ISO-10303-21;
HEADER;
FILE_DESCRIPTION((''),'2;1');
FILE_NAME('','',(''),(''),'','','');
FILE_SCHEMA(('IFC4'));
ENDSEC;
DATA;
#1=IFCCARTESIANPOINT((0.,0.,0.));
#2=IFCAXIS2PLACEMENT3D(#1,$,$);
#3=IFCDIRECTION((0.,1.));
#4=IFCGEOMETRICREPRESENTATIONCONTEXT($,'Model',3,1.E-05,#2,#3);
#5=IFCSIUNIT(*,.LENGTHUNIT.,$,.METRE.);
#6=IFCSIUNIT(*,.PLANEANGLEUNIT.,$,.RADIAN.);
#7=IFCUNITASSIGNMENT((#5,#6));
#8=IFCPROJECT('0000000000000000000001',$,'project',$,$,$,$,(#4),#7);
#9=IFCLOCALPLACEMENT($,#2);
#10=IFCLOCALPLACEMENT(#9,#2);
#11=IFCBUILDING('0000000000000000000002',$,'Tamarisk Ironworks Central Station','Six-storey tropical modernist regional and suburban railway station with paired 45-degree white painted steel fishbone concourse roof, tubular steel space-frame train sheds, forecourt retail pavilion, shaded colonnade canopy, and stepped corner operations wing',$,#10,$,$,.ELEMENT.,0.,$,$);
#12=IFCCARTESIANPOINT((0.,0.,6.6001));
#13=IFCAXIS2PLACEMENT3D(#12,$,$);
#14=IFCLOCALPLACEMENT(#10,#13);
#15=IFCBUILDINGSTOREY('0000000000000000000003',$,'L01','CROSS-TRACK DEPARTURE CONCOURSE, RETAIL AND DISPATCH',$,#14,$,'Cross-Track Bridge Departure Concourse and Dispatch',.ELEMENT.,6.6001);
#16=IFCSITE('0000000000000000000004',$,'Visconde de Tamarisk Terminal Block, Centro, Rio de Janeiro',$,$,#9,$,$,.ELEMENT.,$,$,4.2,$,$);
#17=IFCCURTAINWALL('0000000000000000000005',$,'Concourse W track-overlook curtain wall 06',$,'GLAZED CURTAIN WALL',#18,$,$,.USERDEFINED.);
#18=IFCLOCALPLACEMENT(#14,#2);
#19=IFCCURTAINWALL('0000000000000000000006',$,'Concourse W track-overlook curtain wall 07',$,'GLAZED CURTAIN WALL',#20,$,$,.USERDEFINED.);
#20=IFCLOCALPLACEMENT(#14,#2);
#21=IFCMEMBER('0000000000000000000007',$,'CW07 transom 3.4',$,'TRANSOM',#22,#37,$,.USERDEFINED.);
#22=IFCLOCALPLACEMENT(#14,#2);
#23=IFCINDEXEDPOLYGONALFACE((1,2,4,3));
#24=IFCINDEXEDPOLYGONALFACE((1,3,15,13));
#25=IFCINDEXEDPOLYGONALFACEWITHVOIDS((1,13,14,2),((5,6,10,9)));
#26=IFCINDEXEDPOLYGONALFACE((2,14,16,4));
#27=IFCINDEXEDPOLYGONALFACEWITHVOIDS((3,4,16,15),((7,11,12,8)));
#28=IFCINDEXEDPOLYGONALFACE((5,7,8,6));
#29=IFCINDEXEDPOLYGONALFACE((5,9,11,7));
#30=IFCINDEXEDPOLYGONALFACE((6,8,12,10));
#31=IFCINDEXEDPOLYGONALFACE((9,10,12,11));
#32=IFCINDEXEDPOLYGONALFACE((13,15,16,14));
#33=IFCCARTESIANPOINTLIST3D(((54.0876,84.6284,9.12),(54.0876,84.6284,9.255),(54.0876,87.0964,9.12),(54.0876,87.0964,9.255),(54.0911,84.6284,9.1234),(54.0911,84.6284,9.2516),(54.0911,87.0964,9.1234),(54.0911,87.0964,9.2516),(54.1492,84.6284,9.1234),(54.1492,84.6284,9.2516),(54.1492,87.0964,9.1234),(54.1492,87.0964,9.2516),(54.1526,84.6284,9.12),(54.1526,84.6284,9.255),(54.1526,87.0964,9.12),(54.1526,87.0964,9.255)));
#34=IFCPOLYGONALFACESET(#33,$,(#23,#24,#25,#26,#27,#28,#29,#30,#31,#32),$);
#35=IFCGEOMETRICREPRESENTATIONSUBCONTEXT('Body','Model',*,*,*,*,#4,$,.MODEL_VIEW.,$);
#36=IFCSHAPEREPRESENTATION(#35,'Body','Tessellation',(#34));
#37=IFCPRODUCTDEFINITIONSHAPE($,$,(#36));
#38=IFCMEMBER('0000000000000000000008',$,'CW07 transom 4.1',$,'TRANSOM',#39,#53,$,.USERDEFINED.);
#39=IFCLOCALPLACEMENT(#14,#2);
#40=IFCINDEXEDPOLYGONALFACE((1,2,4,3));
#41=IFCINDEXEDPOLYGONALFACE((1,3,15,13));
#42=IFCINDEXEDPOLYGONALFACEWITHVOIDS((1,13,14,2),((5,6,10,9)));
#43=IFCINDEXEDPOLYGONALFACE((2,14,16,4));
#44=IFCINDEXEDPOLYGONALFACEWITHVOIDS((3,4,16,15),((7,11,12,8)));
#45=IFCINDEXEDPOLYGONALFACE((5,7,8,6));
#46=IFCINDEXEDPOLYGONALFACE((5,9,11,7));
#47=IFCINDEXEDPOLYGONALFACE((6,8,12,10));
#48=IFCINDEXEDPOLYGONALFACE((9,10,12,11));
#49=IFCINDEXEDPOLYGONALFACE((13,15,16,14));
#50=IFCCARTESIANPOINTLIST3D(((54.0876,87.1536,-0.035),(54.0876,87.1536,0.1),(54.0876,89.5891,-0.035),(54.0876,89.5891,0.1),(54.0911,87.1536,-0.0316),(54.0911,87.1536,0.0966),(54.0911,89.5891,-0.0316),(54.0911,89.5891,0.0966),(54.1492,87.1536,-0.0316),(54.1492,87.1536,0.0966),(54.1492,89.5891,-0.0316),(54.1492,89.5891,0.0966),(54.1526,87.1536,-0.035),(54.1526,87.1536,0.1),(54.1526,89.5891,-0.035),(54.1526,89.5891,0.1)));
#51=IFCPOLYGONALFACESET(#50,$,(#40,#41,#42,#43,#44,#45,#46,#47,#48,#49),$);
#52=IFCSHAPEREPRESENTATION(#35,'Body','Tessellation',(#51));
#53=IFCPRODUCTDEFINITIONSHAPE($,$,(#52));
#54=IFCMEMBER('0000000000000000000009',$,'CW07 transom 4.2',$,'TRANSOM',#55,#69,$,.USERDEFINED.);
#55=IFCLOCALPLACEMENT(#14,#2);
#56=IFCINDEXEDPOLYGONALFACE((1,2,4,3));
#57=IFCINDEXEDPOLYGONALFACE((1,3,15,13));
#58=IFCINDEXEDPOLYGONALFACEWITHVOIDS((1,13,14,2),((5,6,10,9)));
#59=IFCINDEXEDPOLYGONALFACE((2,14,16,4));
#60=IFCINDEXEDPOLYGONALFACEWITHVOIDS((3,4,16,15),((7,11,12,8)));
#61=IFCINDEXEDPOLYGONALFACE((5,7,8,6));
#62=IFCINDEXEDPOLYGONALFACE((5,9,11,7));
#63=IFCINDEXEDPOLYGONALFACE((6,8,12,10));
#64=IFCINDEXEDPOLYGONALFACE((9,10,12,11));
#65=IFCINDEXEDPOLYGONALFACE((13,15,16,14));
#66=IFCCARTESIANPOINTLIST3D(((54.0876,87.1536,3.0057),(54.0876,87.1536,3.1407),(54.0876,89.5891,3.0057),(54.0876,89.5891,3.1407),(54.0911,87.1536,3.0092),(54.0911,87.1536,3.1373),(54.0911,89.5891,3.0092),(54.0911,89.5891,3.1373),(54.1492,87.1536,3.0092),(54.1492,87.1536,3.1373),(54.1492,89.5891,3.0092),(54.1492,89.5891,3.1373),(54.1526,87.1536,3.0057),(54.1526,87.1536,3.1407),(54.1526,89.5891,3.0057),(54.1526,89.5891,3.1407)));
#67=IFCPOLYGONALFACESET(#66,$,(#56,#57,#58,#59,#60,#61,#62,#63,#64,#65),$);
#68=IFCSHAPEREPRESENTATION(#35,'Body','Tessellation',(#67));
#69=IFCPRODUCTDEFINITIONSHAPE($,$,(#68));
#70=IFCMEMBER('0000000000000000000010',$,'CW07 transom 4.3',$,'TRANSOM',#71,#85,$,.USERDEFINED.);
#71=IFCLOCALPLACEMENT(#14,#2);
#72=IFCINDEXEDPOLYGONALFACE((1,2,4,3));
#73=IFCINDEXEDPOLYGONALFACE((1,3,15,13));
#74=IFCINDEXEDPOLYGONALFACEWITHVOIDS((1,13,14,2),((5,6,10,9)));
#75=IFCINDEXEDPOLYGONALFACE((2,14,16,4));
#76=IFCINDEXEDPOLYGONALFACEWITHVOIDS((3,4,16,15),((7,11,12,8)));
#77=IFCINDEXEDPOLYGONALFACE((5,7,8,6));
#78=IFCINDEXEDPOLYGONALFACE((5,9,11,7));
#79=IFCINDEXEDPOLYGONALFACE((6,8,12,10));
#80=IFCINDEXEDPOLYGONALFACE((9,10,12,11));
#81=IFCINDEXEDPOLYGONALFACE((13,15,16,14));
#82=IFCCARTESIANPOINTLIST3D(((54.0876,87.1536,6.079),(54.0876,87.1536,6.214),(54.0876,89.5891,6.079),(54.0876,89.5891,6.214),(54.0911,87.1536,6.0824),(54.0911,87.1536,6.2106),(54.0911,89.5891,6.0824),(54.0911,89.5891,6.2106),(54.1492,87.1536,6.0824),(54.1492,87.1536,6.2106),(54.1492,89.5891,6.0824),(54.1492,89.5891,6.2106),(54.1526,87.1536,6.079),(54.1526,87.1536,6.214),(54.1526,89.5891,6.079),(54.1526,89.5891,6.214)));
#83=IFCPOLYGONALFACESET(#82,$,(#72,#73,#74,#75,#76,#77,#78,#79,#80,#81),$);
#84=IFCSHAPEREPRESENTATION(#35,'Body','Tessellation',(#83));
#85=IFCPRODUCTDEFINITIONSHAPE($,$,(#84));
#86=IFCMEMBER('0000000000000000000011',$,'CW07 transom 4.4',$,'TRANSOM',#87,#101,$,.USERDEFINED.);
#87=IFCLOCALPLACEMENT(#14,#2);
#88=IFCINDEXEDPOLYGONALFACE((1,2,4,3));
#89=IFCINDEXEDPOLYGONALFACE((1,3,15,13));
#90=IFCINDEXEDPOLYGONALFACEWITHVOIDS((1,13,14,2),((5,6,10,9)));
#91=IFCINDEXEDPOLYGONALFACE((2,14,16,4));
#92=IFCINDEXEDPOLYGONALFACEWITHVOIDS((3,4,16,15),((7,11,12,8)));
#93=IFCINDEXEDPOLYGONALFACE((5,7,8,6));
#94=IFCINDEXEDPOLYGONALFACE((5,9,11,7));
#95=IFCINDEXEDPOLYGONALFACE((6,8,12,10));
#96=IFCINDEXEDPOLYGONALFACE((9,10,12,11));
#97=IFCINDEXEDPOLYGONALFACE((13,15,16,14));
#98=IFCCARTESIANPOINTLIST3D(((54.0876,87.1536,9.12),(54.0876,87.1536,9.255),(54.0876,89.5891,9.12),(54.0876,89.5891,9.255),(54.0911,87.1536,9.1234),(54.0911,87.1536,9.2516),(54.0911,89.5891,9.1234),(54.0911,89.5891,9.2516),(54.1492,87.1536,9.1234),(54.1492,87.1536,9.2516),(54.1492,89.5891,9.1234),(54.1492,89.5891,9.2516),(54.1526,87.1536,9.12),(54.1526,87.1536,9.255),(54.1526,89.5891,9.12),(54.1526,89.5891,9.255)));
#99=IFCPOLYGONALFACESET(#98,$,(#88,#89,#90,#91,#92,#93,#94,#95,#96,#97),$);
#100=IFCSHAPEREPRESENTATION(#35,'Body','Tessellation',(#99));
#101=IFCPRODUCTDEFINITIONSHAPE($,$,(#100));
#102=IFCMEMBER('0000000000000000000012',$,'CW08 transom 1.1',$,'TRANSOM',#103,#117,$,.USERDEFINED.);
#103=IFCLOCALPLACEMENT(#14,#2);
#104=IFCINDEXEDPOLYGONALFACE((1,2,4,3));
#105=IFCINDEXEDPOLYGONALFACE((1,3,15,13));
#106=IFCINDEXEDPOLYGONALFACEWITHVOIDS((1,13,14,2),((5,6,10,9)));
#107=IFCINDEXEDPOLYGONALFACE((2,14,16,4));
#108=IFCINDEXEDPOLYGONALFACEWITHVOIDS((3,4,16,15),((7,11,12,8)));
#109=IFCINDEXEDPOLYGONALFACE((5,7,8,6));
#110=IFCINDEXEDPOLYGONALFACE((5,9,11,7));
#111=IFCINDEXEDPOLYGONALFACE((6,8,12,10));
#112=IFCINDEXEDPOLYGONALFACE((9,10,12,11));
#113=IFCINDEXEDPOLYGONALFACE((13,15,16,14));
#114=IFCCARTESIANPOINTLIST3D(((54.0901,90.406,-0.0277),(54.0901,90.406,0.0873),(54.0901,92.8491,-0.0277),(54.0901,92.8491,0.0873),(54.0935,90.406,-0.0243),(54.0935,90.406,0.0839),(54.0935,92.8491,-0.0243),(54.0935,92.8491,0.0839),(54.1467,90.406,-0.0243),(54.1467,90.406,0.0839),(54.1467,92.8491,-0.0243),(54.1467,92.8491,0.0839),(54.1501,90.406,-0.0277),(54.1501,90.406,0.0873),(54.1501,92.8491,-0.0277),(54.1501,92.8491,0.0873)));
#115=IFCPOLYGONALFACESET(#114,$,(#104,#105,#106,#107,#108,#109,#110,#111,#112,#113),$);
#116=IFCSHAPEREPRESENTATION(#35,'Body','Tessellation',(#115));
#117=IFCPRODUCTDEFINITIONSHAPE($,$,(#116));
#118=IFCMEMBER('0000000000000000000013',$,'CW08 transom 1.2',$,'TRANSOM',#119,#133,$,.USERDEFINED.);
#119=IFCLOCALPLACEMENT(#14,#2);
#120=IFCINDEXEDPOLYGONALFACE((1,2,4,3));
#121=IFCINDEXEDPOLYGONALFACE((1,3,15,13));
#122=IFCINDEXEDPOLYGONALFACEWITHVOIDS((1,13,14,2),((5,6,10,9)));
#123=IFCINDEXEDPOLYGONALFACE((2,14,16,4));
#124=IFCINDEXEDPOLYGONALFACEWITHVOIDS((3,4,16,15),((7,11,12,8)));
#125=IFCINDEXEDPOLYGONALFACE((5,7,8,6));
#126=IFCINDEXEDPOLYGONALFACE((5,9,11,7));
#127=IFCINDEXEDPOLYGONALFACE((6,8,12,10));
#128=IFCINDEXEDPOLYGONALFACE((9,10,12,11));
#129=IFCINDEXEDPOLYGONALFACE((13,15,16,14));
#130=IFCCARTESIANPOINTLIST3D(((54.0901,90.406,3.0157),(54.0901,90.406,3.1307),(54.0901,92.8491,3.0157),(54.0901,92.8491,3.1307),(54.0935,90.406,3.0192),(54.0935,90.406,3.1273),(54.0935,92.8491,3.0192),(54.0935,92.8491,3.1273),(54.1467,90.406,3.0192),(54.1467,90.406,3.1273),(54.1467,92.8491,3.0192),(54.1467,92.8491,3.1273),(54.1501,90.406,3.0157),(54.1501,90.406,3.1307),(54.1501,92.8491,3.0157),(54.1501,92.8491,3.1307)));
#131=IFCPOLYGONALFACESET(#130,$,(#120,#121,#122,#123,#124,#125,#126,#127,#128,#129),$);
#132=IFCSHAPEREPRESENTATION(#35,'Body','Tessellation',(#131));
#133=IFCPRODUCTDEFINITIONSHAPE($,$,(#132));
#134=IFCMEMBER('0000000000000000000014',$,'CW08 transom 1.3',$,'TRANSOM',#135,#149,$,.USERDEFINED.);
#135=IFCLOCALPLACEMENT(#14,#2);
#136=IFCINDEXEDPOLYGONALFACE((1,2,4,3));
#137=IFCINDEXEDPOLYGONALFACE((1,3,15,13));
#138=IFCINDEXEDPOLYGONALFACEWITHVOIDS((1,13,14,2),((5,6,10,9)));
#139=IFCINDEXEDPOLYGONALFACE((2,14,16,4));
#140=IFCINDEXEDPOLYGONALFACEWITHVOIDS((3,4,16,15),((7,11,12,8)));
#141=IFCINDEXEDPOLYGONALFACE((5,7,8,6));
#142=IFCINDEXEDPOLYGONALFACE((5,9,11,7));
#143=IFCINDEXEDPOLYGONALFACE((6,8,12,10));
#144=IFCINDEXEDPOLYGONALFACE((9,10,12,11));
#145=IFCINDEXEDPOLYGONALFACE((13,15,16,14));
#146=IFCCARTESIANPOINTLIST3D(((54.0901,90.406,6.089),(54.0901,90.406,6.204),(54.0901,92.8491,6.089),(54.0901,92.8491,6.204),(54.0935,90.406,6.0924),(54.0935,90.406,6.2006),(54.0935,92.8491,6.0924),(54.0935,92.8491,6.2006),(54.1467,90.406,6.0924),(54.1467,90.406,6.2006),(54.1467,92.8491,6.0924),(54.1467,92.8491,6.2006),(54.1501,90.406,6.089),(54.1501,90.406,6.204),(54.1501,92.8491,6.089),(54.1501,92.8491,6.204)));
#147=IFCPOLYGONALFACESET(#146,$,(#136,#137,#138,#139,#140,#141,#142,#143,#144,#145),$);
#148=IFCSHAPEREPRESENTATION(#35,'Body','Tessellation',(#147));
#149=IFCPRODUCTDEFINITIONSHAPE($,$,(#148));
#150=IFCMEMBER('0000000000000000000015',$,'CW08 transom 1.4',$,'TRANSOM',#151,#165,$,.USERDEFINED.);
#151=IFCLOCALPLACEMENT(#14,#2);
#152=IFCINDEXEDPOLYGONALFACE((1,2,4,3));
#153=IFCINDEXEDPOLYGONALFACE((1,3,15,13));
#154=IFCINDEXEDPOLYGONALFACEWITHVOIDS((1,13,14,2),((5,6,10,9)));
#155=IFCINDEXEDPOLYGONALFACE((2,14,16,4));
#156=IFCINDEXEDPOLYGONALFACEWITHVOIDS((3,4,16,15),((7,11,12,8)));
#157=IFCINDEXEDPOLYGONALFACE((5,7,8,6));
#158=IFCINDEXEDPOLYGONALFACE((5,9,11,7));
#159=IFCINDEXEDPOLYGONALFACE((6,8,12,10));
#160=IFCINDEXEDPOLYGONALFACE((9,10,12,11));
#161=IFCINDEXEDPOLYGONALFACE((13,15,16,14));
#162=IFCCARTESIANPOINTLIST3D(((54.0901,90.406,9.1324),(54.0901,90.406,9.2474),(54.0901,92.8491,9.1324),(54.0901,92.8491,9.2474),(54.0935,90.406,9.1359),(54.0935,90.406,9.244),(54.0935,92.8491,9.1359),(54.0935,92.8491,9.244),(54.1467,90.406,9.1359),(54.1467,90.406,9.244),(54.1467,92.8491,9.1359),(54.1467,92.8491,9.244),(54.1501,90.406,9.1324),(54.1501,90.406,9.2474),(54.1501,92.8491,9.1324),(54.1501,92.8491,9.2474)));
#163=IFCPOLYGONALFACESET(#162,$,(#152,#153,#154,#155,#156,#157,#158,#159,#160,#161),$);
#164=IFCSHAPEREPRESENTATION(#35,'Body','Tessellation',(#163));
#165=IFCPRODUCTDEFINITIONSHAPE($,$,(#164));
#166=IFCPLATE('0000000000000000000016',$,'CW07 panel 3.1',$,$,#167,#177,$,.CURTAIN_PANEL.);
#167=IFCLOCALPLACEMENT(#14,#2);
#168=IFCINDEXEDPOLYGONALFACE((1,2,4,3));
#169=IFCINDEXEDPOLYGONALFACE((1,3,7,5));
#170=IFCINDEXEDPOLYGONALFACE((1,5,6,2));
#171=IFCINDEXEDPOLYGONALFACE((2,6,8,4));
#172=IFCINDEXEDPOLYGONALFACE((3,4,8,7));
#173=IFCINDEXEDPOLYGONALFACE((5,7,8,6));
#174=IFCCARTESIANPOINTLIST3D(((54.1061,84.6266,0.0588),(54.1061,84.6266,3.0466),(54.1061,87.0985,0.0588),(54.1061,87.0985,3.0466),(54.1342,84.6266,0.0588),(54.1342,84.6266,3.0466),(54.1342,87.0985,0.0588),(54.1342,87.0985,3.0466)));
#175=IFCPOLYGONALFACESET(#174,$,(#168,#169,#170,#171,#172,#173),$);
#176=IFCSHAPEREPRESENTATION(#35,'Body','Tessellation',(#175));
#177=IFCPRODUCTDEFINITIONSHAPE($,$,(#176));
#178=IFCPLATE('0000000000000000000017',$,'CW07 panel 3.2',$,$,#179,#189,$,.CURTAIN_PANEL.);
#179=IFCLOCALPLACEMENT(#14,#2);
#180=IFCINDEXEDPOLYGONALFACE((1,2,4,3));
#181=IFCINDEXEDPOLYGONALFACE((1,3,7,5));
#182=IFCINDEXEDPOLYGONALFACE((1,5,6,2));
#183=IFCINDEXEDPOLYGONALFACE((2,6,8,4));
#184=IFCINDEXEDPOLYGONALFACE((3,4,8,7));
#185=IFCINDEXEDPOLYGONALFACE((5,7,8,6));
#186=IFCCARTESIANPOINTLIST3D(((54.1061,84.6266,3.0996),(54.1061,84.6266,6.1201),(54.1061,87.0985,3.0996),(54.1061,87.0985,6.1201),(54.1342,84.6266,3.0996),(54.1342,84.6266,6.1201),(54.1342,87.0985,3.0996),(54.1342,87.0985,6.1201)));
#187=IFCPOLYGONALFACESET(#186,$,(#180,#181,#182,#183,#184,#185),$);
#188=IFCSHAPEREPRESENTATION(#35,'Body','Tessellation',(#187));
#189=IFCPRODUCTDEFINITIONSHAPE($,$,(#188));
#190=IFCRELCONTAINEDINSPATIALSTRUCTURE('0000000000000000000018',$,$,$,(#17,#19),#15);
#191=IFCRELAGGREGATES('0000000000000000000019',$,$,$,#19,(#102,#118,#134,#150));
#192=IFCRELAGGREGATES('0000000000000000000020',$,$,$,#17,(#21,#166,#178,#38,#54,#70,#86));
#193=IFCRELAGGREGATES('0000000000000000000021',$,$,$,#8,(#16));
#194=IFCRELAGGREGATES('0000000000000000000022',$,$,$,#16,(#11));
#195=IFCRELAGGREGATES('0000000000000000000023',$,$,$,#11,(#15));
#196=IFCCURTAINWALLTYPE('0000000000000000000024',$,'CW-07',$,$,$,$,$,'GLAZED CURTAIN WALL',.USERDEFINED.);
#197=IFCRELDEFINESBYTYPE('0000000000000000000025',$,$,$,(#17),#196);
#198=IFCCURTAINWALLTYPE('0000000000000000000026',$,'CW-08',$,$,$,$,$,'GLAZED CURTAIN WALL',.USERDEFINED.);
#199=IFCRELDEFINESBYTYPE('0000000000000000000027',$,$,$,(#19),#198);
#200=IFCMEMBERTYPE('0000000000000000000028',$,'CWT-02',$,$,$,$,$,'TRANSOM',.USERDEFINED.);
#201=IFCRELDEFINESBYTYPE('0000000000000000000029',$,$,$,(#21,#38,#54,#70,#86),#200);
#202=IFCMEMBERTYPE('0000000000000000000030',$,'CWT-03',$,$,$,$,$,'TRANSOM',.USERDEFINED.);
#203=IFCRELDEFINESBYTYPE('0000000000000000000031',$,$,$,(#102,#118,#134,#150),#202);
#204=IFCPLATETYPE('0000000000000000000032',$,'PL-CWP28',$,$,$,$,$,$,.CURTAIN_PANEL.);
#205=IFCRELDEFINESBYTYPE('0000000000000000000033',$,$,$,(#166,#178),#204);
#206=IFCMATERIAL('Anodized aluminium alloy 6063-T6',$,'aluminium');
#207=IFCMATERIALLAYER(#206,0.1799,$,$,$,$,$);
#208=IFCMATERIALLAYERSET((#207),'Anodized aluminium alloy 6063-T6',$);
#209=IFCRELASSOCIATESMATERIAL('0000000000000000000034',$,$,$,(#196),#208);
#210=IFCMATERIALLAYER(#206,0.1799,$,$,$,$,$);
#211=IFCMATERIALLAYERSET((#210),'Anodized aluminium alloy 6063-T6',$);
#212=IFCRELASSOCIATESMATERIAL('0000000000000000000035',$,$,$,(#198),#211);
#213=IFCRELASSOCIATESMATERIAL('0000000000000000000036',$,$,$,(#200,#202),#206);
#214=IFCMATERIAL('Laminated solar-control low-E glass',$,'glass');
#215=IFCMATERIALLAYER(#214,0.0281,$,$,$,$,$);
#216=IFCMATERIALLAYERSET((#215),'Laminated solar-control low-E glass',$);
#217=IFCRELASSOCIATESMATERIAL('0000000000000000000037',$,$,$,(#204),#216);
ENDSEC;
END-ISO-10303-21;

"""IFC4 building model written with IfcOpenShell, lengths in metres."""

from ifc_helpers import new_model, si_unit, direction, frame, origin, origin_2d, place, context, subcontext, project, spatial, rectangle, hollow_rectangle, extrude, material, layer, layer_set, material_profile, profile_set, type_object, element, aggregate, save


model = new_model("IFC4")

# Units and contexts
model_context = context("Model", 3, precision=1e-05, world=origin(), true_north=direction((0.0, 1.0)))
body_context = subcontext(model_context, "Body", "Model", "MODEL_VIEW")
ifc_project = project(units=[si_unit("LENGTHUNIT", "METRE"), si_unit("PLANEANGLEUNIT", "RADIAN")], contexts=[model_context])

# Site, building, storey
site_placement = place(None, origin())
site = spatial("IfcSite", under=ifc_project, at=site_placement, Name="Visconde de Tamarisk Terminal Block, Centro, Rio de Janeiro", CompositionType="ELEMENT", RefElevation=4.2)
building_placement = place(site_placement, origin())
building = spatial("IfcBuilding", under=site, at=building_placement, Name="Tamarisk Ironworks Central Station", Description="Six-storey tropical modernist regional and suburban railway station with paired 45-degree white painted steel fishbone concourse roof, tubular steel space-frame train sheds, forecourt retail pavilion, shaded colonnade canopy, and stepped corner operations wing", CompositionType="ELEMENT", ElevationOfRefHeight=0.0)
storey_placement = place(building_placement, frame((0.0, 0.0, 6.6001)))
storey = spatial("IfcBuildingStorey", under=building, at=storey_placement, Name="L01", Description="CROSS-TRACK DEPARTURE CONCOURSE, RETAIL AND DISPATCH", LongName="Cross-Track Bridge Departure Concourse and Dispatch", CompositionType="ELEMENT", Elevation=6.6001)

# Curtain wall
ifc_material_1 = material(Name="Anodized aluminium alloy 6063-T6", Category="aluminium")
ifc_layer_1 = layer(ifc_material_1, 0.1799)
ifc_layer_set_1 = layer_set([ifc_layer_1], Name="Anodized aluminium alloy 6063-T6")
curtain_wall_type_1 = type_object("IfcCurtainWallType", Name="CW-07", ElementType="GLAZED CURTAIN WALL", PredefinedType="USERDEFINED", material=ifc_layer_set_1)
curtain_wall_1_placement = place(storey_placement, origin())
curtain_wall_1 = element("IfcCurtainWall", 1, at=curtain_wall_1_placement, inside=storey, type_object=curtain_wall_type_1, Name="Concourse W track-overlook curtain wall 06", ObjectType="GLAZED CURTAIN WALL", PredefinedType="USERDEFINED")

# Curtain wall
ifc_layer_2 = layer(ifc_material_1, 0.1799)
ifc_layer_set_2 = layer_set([ifc_layer_2], Name="Anodized aluminium alloy 6063-T6")
curtain_wall_type_2 = type_object("IfcCurtainWallType", Name="CW-08", ElementType="GLAZED CURTAIN WALL", PredefinedType="USERDEFINED", material=ifc_layer_set_2)
curtain_wall_2_placement = place(storey_placement, origin())
curtain_wall_2 = element("IfcCurtainWall", 2, at=curtain_wall_2_placement, inside=storey, type_object=curtain_wall_type_2, Name="Concourse W track-overlook curtain wall 07", ObjectType="GLAZED CURTAIN WALL", PredefinedType="USERDEFINED")

# Members
ifc_material_profile_1 = material_profile(ifc_material_1, hollow_rectangle(XDim=0.0649, YDim=0.135, WallThickness=0.0034, at=origin_2d()), Name="ALUM 135x65")
ifc_profile_set_1 = profile_set([ifc_material_profile_1], Name="Anodized aluminium alloy 6063-T6")
member_type_1 = type_object("IfcMemberType", Name="CWT-02", ElementType="TRANSOM", PredefinedType="USERDEFINED", material=ifc_profile_set_1)
member_1_placement = place(storey_placement, frame((54.1201, 84.6284, 9.1875), z_axis=(0.0, 1.0, 0.0), x_axis=(-1.0, 0.0, 0.0)))
member_1 = element("IfcMember", 3, at=member_1_placement, type_object=member_type_1, Name="CW07 transom 3.4", ObjectType="TRANSOM", PredefinedType="USERDEFINED", context=body_context, shape_type="SweptSolid", body=[
    extrude(hollow_rectangle(XDim=0.0649, YDim=0.135, WallThickness=0.0034, at=origin_2d()), origin(), (0.0, 0.0, 1.0), 2.468),
])
member_2_placement = place(storey_placement, frame((54.1201, 87.1536, 0.0325), z_axis=(0.0, 1.0, 0.0), x_axis=(-1.0, 0.0, 0.0)))
member_2 = element("IfcMember", 4, at=member_2_placement, type_object=member_type_1, Name="CW07 transom 4.1", ObjectType="TRANSOM", PredefinedType="USERDEFINED", context=body_context, shape_type="SweptSolid", body=[
    extrude(hollow_rectangle(XDim=0.0649, YDim=0.135, WallThickness=0.0034, at=origin_2d()), origin(), (0.0, 0.0, 1.0), 2.4355),
])
member_3_placement = place(storey_placement, frame((54.1201, 87.1536, 3.0732), z_axis=(0.0, 1.0, 0.0), x_axis=(-1.0, 0.0, 0.0)))
member_3 = element("IfcMember", 5, at=member_3_placement, type_object=member_type_1, Name="CW07 transom 4.2", ObjectType="TRANSOM", PredefinedType="USERDEFINED", context=body_context, shape_type="SweptSolid", body=[
    extrude(hollow_rectangle(XDim=0.0649, YDim=0.135, WallThickness=0.0034, at=origin_2d()), origin(), (0.0, 0.0, 1.0), 2.4355),
])
member_4_placement = place(storey_placement, frame((54.1201, 87.1536, 6.1465), z_axis=(0.0, 1.0, 0.0), x_axis=(-1.0, 0.0, 0.0)))
member_4 = element("IfcMember", 6, at=member_4_placement, type_object=member_type_1, Name="CW07 transom 4.3", ObjectType="TRANSOM", PredefinedType="USERDEFINED", context=body_context, shape_type="SweptSolid", body=[
    extrude(hollow_rectangle(XDim=0.0649, YDim=0.135, WallThickness=0.0034, at=origin_2d()), origin(), (0.0, 0.0, 1.0), 2.4355),
])
member_5_placement = place(storey_placement, frame((54.1201, 87.1536, 9.1875), z_axis=(0.0, 1.0, 0.0), x_axis=(-1.0, 0.0, 0.0)))
member_5 = element("IfcMember", 7, at=member_5_placement, type_object=member_type_1, Name="CW07 transom 4.4", ObjectType="TRANSOM", PredefinedType="USERDEFINED", context=body_context, shape_type="SweptSolid", body=[
    extrude(hollow_rectangle(XDim=0.0649, YDim=0.135, WallThickness=0.0034, at=origin_2d()), origin(), (0.0, 0.0, 1.0), 2.4355),
])
ifc_material_profile_2 = material_profile(ifc_material_1, hollow_rectangle(XDim=0.0601, YDim=0.115, WallThickness=0.0034, at=origin_2d()), Name="ALUM 115x60")
ifc_profile_set_2 = profile_set([ifc_material_profile_2], Name="Anodized aluminium alloy 6063-T6")
member_type_2 = type_object("IfcMemberType", Name="CWT-03", ElementType="TRANSOM", PredefinedType="USERDEFINED", material=ifc_profile_set_2)
member_6_placement = place(storey_placement, frame((54.1201, 90.406, 0.0298), z_axis=(0.0, 1.0, 0.0), x_axis=(-1.0, 0.0, 0.0)))
member_6 = element("IfcMember", 8, at=member_6_placement, type_object=member_type_2, Name="CW08 transom 1.1", ObjectType="TRANSOM", PredefinedType="USERDEFINED", context=body_context, shape_type="SweptSolid", body=[
    extrude(hollow_rectangle(XDim=0.0601, YDim=0.115, WallThickness=0.0034, at=origin_2d()), origin(), (0.0, 0.0, 1.0), 2.4431),
])
member_7_placement = place(storey_placement, frame((54.1201, 90.406, 3.0732), z_axis=(0.0, 1.0, 0.0), x_axis=(-1.0, 0.0, 0.0)))
member_7 = element("IfcMember", 9, at=member_7_placement, type_object=member_type_2, Name="CW08 transom 1.2", ObjectType="TRANSOM", PredefinedType="USERDEFINED", context=body_context, shape_type="SweptSolid", body=[
    extrude(hollow_rectangle(XDim=0.0601, YDim=0.115, WallThickness=0.0034, at=origin_2d()), origin(), (0.0, 0.0, 1.0), 2.4431),
])
member_8_placement = place(storey_placement, frame((54.1201, 90.406, 6.1465), z_axis=(0.0, 1.0, 0.0), x_axis=(-1.0, 0.0, 0.0)))
member_8 = element("IfcMember", 10, at=member_8_placement, type_object=member_type_2, Name="CW08 transom 1.3", ObjectType="TRANSOM", PredefinedType="USERDEFINED", context=body_context, shape_type="SweptSolid", body=[
    extrude(hollow_rectangle(XDim=0.0601, YDim=0.115, WallThickness=0.0034, at=origin_2d()), origin(), (0.0, 0.0, 1.0), 2.4431),
])
member_9_placement = place(storey_placement, frame((54.1201, 90.406, 9.1899), z_axis=(0.0, 1.0, 0.0), x_axis=(-1.0, 0.0, 0.0)))
member_9 = element("IfcMember", 11, at=member_9_placement, type_object=member_type_2, Name="CW08 transom 1.4", ObjectType="TRANSOM", PredefinedType="USERDEFINED", context=body_context, shape_type="SweptSolid", body=[
    extrude(hollow_rectangle(XDim=0.0601, YDim=0.115, WallThickness=0.0034, at=origin_2d()), origin(), (0.0, 0.0, 1.0), 2.4431),
])
aggregate(curtain_wall_2, [member_6, member_7, member_8, member_9])

# Plates
ifc_material_2 = material(Name="Laminated solar-control low-E glass", Category="glass")
ifc_layer_3 = layer(ifc_material_2, 0.0281)
ifc_layer_set_3 = layer_set([ifc_layer_3], Name="Laminated solar-control low-E glass")
plate_type = type_object("IfcPlateType", Name="PL-CWP28", PredefinedType="CURTAIN_PANEL", material=ifc_layer_set_3)
plate_1_placement = place(storey_placement, frame((54.1201, 85.8625, 0.0588), z_axis=(0.0, 0.0, 1.0), x_axis=(0.0, 1.0, 0.0)))
plate_1 = element("IfcPlate", 12, at=plate_1_placement, type_object=plate_type, Name="CW07 panel 3.1", PredefinedType="CURTAIN_PANEL", context=body_context, shape_type="SweptSolid", body=[
    extrude(rectangle(XDim=2.4719, YDim=0.0281, at=origin_2d()), origin(), (0.0, 0.0, 1.0), 2.9878),
])
plate_2_placement = place(storey_placement, frame((54.1201, 85.8625, 3.0996), z_axis=(0.0, 0.0, 1.0), x_axis=(0.0, 1.0, 0.0)))
plate_2 = element("IfcPlate", 13, at=plate_2_placement, type_object=plate_type, Name="CW07 panel 3.2", PredefinedType="CURTAIN_PANEL", context=body_context, shape_type="SweptSolid", body=[
    extrude(rectangle(XDim=2.4719, YDim=0.0281, at=origin_2d()), origin(), (0.0, 0.0, 1.0), 3.0205),
])
aggregate(curtain_wall_1, [member_1, plate_1, plate_2, member_2, member_3, member_4, member_5])

save(model, "model.ifc")
